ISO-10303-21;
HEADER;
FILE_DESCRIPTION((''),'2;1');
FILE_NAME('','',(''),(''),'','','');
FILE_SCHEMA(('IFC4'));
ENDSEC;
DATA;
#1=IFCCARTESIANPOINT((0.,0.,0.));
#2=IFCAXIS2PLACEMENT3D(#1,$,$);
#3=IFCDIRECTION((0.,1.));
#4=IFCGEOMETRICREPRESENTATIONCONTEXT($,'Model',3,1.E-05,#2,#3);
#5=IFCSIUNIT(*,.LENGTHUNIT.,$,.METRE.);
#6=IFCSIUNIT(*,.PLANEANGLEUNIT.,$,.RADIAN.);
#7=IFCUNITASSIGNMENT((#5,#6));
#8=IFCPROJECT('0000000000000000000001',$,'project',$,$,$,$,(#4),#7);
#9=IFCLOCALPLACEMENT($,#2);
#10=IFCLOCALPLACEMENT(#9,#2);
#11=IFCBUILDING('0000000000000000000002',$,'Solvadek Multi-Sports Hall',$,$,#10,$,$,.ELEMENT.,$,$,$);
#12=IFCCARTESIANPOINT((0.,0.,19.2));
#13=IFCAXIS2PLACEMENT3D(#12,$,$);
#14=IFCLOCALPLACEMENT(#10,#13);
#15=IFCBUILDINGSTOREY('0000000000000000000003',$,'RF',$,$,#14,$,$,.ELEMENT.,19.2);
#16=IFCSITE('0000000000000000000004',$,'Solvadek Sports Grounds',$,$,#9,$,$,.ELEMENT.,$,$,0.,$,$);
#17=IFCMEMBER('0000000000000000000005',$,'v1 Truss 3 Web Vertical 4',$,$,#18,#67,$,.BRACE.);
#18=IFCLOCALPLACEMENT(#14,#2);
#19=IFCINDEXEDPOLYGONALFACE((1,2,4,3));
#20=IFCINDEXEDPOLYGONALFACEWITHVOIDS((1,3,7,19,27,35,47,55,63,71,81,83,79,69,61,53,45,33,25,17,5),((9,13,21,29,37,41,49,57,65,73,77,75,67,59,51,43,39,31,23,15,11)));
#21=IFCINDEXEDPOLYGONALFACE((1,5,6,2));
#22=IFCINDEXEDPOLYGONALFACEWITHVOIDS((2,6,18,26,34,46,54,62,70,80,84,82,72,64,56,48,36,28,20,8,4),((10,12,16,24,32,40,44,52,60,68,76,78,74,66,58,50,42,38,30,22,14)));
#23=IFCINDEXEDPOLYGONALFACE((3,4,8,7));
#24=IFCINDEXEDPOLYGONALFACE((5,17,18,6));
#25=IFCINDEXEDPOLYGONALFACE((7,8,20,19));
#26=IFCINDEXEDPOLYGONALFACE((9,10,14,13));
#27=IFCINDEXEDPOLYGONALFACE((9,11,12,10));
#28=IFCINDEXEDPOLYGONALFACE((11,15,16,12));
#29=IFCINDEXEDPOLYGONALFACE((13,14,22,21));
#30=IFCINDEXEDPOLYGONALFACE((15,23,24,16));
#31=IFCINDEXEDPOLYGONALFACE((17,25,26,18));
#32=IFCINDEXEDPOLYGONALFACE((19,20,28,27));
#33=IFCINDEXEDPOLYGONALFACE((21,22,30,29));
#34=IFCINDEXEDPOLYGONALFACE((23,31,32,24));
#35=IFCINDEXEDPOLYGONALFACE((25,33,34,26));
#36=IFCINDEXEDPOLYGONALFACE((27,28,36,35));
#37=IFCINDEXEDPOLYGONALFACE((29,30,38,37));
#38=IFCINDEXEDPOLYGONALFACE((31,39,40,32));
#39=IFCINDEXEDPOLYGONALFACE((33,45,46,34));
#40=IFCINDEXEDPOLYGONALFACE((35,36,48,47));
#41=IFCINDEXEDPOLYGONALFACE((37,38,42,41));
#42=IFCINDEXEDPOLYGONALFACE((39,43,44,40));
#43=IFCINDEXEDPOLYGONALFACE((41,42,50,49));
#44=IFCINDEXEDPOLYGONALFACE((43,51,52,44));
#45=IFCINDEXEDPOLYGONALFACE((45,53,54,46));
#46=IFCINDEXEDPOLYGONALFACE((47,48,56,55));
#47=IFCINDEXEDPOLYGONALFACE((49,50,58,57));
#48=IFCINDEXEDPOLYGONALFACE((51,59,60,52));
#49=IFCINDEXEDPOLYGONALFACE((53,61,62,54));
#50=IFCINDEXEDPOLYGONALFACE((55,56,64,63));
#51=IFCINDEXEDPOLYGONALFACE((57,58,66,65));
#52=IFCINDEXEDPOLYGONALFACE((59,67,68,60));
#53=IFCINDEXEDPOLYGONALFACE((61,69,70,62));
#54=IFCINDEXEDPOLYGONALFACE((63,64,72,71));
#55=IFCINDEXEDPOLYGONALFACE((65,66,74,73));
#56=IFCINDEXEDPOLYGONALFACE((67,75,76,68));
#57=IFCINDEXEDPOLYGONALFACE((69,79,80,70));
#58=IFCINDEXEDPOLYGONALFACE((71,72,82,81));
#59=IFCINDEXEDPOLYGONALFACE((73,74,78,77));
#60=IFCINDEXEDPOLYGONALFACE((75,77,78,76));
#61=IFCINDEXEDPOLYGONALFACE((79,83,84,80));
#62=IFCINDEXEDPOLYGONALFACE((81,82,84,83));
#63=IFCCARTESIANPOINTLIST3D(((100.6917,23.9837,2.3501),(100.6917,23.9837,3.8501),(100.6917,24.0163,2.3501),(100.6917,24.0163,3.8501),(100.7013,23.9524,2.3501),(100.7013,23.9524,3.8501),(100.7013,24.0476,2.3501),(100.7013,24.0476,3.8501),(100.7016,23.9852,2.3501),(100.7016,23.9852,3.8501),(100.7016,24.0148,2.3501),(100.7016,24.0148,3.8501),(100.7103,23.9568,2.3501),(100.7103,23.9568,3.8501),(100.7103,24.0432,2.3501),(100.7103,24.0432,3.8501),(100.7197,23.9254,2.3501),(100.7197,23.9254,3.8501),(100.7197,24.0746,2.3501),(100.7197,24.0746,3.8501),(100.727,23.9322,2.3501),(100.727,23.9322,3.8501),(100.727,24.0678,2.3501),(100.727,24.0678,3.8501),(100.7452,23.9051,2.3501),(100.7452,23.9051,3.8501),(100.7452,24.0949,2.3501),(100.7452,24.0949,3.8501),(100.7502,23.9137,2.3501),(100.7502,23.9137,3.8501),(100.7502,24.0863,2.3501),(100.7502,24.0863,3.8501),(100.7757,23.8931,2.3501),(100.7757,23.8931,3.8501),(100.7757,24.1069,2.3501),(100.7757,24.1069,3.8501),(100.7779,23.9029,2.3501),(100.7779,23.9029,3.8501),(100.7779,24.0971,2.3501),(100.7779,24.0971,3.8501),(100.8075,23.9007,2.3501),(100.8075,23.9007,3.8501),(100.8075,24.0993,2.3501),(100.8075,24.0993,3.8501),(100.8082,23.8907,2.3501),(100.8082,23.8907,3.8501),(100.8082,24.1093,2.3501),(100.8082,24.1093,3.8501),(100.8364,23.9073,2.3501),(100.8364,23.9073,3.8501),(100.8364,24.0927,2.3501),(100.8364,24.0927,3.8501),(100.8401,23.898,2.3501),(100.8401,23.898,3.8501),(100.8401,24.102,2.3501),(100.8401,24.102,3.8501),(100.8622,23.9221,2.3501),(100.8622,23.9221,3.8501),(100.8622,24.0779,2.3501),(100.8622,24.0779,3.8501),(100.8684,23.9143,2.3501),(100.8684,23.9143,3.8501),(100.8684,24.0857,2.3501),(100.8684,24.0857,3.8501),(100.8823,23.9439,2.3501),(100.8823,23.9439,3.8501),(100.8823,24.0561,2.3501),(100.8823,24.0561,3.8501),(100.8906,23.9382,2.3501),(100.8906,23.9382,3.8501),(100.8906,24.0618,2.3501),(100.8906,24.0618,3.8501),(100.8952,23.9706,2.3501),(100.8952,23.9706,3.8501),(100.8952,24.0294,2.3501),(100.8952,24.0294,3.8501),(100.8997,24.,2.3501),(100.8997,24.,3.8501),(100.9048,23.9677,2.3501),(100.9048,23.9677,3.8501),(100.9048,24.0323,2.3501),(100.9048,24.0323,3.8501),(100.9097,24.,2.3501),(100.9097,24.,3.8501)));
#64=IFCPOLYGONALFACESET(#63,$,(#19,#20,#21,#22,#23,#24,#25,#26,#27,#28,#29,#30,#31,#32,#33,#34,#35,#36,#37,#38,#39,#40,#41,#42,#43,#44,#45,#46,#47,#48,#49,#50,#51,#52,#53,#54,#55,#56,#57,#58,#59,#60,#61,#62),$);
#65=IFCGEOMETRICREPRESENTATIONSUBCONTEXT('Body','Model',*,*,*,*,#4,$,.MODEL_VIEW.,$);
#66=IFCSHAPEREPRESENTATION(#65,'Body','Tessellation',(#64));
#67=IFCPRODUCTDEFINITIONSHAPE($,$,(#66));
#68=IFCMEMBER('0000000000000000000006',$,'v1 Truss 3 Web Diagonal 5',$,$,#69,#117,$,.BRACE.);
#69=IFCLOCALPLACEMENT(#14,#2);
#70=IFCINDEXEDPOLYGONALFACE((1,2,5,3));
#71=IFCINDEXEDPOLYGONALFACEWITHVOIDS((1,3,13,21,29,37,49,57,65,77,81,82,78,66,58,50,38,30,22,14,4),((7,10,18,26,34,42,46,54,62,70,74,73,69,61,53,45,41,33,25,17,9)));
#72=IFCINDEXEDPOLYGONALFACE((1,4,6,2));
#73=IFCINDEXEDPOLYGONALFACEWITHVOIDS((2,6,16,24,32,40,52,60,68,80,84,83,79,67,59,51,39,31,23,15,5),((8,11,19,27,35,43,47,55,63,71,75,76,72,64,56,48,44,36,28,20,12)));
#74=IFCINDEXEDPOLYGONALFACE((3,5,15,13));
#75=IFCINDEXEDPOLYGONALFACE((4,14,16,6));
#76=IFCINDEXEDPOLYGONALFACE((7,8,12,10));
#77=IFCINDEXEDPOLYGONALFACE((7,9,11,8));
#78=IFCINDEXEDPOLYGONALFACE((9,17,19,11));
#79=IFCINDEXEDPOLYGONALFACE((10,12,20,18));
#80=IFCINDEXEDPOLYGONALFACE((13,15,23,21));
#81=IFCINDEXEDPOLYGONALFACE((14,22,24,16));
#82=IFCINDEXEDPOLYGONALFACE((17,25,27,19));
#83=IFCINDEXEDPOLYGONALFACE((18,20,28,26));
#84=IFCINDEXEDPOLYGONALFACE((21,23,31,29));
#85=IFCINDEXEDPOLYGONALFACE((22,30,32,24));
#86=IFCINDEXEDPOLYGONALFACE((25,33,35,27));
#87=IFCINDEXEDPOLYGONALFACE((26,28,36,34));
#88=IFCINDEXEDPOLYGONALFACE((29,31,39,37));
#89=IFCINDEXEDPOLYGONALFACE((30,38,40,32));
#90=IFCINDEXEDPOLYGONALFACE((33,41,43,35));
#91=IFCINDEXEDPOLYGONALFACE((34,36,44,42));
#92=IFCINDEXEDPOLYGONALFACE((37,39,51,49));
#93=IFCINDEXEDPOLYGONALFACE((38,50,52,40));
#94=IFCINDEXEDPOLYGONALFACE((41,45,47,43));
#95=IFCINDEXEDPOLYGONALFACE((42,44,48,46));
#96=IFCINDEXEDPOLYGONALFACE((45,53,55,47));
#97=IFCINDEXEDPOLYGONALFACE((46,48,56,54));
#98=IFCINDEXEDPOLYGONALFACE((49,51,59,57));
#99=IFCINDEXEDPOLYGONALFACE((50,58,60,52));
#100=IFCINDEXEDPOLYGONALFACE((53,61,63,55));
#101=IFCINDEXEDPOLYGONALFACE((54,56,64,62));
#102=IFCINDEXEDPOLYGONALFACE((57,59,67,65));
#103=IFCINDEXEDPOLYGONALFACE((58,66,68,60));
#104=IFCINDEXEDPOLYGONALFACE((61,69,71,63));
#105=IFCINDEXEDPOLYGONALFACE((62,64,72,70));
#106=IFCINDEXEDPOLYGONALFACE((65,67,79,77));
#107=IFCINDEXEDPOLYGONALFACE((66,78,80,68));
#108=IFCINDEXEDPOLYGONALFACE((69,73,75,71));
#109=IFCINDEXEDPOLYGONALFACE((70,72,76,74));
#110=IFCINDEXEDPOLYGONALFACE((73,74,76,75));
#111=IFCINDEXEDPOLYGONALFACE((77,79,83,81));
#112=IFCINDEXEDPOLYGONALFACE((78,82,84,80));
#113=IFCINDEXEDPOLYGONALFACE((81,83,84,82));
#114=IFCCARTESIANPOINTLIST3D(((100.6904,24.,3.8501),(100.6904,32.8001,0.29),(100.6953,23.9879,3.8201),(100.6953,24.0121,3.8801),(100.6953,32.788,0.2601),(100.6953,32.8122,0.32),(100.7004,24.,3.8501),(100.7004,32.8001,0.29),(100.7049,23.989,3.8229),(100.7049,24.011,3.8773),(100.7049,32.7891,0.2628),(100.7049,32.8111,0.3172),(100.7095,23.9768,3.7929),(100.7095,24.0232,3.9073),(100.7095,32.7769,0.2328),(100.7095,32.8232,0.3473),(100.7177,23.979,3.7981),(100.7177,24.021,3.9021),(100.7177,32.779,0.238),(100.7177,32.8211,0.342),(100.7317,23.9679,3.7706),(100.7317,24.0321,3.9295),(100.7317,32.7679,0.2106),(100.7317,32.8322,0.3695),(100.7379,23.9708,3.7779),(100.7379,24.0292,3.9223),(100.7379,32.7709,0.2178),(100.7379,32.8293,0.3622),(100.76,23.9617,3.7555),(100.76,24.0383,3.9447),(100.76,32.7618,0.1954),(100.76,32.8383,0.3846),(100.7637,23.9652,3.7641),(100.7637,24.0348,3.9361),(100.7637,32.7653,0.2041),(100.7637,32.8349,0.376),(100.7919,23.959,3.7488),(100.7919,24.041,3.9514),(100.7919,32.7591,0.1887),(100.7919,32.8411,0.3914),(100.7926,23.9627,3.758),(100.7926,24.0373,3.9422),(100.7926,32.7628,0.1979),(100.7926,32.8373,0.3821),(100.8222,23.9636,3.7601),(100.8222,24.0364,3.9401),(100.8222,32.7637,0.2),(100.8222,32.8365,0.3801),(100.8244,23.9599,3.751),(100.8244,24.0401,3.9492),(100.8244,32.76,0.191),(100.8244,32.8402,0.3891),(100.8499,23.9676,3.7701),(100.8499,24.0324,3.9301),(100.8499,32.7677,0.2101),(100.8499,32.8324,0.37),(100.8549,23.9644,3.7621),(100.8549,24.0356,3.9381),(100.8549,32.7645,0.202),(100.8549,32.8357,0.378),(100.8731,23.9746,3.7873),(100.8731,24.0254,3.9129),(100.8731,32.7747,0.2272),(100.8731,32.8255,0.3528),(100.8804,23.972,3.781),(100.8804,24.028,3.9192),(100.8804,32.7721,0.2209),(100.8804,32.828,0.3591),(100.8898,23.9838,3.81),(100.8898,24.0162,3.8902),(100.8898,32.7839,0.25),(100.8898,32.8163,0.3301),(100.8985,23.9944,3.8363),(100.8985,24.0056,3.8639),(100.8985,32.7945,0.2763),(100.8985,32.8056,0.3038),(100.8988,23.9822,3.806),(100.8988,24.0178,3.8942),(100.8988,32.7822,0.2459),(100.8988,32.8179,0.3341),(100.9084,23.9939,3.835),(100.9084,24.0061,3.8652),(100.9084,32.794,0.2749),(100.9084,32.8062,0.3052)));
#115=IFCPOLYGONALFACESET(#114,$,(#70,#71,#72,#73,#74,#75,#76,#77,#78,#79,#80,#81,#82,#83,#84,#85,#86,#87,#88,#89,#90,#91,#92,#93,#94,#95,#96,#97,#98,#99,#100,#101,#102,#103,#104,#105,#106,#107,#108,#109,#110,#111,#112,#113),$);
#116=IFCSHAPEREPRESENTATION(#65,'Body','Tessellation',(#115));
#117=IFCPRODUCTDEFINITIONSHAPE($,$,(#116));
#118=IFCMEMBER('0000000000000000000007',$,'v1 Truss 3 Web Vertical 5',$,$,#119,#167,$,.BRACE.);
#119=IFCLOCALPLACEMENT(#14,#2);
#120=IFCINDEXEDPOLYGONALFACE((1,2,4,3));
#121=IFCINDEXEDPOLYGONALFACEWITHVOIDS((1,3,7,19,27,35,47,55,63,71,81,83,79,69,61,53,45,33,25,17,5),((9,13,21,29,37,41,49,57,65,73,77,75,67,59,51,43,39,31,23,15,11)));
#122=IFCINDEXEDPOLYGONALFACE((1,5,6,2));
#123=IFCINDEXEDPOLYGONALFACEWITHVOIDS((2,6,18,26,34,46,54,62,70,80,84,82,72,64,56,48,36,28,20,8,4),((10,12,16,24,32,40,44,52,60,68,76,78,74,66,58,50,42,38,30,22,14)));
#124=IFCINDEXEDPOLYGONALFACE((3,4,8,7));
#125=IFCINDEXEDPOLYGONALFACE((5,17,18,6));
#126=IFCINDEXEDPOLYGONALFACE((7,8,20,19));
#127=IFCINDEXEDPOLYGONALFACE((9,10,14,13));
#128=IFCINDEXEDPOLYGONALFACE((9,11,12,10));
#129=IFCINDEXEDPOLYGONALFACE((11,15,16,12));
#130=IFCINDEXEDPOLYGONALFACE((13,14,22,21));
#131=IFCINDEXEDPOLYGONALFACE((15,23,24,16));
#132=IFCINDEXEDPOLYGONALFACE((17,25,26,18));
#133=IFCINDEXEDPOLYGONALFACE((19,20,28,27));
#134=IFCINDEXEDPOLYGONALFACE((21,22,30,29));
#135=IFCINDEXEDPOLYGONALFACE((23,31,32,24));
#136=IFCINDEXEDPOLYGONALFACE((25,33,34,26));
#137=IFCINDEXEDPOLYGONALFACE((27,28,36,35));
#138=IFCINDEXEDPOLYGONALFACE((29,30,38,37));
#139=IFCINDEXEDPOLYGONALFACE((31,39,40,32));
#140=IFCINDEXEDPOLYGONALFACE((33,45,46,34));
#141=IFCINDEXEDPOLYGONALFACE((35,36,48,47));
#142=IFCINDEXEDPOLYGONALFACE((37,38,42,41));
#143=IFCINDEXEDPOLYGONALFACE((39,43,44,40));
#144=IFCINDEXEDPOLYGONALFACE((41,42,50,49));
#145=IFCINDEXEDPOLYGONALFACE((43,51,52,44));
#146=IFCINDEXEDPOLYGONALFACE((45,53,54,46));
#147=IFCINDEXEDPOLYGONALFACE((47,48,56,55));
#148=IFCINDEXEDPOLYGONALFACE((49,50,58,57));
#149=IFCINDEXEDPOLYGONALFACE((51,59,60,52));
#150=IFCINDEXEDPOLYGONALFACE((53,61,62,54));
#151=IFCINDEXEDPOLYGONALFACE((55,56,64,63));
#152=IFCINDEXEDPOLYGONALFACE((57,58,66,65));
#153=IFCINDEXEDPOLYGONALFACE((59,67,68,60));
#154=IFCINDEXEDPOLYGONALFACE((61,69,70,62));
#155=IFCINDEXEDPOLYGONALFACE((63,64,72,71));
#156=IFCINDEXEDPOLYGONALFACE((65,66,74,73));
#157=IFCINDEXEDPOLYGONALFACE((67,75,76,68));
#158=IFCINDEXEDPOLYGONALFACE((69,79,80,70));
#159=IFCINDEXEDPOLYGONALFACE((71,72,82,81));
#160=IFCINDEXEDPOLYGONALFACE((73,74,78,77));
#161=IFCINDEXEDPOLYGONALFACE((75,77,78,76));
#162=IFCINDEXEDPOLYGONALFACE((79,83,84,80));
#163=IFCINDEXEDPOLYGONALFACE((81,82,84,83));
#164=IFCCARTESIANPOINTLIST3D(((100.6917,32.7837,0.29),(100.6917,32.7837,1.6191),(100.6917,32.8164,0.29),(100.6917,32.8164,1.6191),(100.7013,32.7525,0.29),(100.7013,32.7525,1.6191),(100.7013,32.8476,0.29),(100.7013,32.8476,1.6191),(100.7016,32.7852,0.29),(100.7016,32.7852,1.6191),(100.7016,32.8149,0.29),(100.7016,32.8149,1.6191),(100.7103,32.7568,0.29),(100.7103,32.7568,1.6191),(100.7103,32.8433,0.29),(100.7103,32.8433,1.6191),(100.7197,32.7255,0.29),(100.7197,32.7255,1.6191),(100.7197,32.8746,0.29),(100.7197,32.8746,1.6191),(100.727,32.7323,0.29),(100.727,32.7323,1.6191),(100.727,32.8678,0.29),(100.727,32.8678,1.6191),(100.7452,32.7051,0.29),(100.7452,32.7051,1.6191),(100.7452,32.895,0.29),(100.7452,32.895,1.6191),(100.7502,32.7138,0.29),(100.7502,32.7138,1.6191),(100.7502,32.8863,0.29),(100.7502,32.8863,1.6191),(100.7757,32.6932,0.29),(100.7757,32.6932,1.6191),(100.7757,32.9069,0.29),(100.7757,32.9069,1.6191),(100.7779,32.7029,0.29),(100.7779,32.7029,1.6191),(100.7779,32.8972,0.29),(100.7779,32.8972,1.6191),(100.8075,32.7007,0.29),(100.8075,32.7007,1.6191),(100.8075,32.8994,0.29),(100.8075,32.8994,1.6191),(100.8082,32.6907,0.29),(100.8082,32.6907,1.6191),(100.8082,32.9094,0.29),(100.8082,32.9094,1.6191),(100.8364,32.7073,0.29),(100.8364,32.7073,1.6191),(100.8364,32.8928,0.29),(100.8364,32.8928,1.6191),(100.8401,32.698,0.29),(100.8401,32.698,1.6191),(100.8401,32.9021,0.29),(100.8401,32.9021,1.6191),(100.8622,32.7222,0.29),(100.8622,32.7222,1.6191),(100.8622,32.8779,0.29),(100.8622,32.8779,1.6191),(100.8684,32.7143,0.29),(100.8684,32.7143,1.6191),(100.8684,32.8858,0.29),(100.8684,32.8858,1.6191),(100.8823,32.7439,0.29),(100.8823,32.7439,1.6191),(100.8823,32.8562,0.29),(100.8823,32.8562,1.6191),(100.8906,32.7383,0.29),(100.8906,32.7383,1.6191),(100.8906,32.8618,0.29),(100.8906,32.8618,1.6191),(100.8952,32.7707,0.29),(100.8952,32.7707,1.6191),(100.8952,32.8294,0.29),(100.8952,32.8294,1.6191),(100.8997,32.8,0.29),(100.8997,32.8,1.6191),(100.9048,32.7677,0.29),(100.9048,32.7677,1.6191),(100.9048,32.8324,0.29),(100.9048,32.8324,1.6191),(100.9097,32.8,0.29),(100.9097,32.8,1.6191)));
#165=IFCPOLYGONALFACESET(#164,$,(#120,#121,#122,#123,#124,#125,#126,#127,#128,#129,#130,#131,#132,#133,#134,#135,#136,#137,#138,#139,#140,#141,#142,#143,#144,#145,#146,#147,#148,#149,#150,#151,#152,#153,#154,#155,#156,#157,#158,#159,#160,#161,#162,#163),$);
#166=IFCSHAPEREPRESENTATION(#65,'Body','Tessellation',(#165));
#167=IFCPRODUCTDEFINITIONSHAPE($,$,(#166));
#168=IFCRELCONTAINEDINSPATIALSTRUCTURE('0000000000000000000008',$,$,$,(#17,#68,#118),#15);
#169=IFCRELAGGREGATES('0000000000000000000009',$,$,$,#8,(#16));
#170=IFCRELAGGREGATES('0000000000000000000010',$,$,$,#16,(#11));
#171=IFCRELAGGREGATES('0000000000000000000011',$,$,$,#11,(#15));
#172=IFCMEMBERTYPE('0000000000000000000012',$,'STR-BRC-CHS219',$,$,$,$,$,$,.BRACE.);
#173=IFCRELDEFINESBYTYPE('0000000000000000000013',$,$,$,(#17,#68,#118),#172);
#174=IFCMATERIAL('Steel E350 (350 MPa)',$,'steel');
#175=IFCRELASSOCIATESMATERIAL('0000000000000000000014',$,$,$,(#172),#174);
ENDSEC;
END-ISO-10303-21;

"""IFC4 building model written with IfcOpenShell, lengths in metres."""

from ifc_helpers import new_model, si_unit, direction, frame, origin, origin_2d, place, context, subcontext, project, spatial, hollow_circle, extrude, material, material_profile, profile_set, type_object, element, save


model = new_model("IFC4")

# Units and contexts
model_context = context("Model", 3, precision=1e-05, world=origin(), true_north=direction((0.0, 1.0)))
body_context = subcontext(model_context, "Body", "Model", "MODEL_VIEW")
ifc_project = project(units=[si_unit("LENGTHUNIT", "METRE"), si_unit("PLANEANGLEUNIT", "RADIAN")], contexts=[model_context])

# Site, building, storey
site_placement = place(None, origin())
site = spatial("IfcSite", under=ifc_project, at=site_placement, Name="Solvadek Sports Grounds", CompositionType="ELEMENT", RefElevation=0.0)
building_placement = place(site_placement, origin())
building = spatial("IfcBuilding", under=site, at=building_placement, Name="Solvadek Multi-Sports Hall", CompositionType="ELEMENT")
storey_placement = place(building_placement, frame((0.0, 0.0, 19.2)))
storey = spatial("IfcBuildingStorey", under=building, at=storey_placement, Name="RF", CompositionType="ELEMENT", Elevation=19.2)

# Members
ifc_material_1 = material(Name="Steel E350 (350 MPa)", Category="steel")
ifc_material_profile_1 = material_profile(ifc_material_1, hollow_circle(Radius=0.1096, WallThickness=0.01, at=origin_2d()), Name="CHS 219.1x10")
ifc_profile_set_1 = profile_set([ifc_material_profile_1], Name="Steel E350 (350 MPa)")
member_type_1 = type_object("IfcMemberType", Name="STR-BRC-CHS219", PredefinedType="BRACE", material=ifc_profile_set_1)
member_1_placement = place(storey_placement, frame((100.8, 24.0, 2.3501), z_axis=(0.0, 0.0, 1.0), x_axis=(1.0, 0.0, 0.0)))
element("IfcMember", 1, at=member_1_placement, inside=storey, type_object=member_type_1, Name="v1 Truss 3 Web Vertical 4", PredefinedType="BRACE", context=body_context, shape_type="SweptSolid", body=[
    extrude(hollow_circle(Radius=0.1096, WallThickness=0.01, at=origin_2d()), origin(), (0.0, 0.0, 1.0), 1.5),
])
member_2_placement = place(storey_placement, frame((100.8, 24.0, 3.8501), z_axis=(0.0, 0.927015, -0.375024), x_axis=(-1.0, 0.0, 0.0)))
element("IfcMember", 2, at=member_2_placement, inside=storey, type_object=member_type_1, Name="v1 Truss 3 Web Diagonal 5", PredefinedType="BRACE", context=body_context, shape_type="SweptSolid", body=[
    extrude(hollow_circle(Radius=0.1096, WallThickness=0.01, at=origin_2d()), origin(), (0.0, 0.0, 1.0), 9.4929),
])
member_3_placement = place(storey_placement, frame((100.8, 32.8, 0.29), z_axis=(0.0, 0.0, 1.0), x_axis=(1.0, 0.0, 0.0)))
element("IfcMember", 3, at=member_3_placement, inside=storey, type_object=member_type_1, Name="v1 Truss 3 Web Vertical 5", PredefinedType="BRACE", context=body_context, shape_type="SweptSolid", body=[
    extrude(hollow_circle(Radius=0.1096, WallThickness=0.01, at=origin_2d()), origin(), (0.0, 0.0, 1.0), 1.3291),
])

save(model, "model.ifc")
